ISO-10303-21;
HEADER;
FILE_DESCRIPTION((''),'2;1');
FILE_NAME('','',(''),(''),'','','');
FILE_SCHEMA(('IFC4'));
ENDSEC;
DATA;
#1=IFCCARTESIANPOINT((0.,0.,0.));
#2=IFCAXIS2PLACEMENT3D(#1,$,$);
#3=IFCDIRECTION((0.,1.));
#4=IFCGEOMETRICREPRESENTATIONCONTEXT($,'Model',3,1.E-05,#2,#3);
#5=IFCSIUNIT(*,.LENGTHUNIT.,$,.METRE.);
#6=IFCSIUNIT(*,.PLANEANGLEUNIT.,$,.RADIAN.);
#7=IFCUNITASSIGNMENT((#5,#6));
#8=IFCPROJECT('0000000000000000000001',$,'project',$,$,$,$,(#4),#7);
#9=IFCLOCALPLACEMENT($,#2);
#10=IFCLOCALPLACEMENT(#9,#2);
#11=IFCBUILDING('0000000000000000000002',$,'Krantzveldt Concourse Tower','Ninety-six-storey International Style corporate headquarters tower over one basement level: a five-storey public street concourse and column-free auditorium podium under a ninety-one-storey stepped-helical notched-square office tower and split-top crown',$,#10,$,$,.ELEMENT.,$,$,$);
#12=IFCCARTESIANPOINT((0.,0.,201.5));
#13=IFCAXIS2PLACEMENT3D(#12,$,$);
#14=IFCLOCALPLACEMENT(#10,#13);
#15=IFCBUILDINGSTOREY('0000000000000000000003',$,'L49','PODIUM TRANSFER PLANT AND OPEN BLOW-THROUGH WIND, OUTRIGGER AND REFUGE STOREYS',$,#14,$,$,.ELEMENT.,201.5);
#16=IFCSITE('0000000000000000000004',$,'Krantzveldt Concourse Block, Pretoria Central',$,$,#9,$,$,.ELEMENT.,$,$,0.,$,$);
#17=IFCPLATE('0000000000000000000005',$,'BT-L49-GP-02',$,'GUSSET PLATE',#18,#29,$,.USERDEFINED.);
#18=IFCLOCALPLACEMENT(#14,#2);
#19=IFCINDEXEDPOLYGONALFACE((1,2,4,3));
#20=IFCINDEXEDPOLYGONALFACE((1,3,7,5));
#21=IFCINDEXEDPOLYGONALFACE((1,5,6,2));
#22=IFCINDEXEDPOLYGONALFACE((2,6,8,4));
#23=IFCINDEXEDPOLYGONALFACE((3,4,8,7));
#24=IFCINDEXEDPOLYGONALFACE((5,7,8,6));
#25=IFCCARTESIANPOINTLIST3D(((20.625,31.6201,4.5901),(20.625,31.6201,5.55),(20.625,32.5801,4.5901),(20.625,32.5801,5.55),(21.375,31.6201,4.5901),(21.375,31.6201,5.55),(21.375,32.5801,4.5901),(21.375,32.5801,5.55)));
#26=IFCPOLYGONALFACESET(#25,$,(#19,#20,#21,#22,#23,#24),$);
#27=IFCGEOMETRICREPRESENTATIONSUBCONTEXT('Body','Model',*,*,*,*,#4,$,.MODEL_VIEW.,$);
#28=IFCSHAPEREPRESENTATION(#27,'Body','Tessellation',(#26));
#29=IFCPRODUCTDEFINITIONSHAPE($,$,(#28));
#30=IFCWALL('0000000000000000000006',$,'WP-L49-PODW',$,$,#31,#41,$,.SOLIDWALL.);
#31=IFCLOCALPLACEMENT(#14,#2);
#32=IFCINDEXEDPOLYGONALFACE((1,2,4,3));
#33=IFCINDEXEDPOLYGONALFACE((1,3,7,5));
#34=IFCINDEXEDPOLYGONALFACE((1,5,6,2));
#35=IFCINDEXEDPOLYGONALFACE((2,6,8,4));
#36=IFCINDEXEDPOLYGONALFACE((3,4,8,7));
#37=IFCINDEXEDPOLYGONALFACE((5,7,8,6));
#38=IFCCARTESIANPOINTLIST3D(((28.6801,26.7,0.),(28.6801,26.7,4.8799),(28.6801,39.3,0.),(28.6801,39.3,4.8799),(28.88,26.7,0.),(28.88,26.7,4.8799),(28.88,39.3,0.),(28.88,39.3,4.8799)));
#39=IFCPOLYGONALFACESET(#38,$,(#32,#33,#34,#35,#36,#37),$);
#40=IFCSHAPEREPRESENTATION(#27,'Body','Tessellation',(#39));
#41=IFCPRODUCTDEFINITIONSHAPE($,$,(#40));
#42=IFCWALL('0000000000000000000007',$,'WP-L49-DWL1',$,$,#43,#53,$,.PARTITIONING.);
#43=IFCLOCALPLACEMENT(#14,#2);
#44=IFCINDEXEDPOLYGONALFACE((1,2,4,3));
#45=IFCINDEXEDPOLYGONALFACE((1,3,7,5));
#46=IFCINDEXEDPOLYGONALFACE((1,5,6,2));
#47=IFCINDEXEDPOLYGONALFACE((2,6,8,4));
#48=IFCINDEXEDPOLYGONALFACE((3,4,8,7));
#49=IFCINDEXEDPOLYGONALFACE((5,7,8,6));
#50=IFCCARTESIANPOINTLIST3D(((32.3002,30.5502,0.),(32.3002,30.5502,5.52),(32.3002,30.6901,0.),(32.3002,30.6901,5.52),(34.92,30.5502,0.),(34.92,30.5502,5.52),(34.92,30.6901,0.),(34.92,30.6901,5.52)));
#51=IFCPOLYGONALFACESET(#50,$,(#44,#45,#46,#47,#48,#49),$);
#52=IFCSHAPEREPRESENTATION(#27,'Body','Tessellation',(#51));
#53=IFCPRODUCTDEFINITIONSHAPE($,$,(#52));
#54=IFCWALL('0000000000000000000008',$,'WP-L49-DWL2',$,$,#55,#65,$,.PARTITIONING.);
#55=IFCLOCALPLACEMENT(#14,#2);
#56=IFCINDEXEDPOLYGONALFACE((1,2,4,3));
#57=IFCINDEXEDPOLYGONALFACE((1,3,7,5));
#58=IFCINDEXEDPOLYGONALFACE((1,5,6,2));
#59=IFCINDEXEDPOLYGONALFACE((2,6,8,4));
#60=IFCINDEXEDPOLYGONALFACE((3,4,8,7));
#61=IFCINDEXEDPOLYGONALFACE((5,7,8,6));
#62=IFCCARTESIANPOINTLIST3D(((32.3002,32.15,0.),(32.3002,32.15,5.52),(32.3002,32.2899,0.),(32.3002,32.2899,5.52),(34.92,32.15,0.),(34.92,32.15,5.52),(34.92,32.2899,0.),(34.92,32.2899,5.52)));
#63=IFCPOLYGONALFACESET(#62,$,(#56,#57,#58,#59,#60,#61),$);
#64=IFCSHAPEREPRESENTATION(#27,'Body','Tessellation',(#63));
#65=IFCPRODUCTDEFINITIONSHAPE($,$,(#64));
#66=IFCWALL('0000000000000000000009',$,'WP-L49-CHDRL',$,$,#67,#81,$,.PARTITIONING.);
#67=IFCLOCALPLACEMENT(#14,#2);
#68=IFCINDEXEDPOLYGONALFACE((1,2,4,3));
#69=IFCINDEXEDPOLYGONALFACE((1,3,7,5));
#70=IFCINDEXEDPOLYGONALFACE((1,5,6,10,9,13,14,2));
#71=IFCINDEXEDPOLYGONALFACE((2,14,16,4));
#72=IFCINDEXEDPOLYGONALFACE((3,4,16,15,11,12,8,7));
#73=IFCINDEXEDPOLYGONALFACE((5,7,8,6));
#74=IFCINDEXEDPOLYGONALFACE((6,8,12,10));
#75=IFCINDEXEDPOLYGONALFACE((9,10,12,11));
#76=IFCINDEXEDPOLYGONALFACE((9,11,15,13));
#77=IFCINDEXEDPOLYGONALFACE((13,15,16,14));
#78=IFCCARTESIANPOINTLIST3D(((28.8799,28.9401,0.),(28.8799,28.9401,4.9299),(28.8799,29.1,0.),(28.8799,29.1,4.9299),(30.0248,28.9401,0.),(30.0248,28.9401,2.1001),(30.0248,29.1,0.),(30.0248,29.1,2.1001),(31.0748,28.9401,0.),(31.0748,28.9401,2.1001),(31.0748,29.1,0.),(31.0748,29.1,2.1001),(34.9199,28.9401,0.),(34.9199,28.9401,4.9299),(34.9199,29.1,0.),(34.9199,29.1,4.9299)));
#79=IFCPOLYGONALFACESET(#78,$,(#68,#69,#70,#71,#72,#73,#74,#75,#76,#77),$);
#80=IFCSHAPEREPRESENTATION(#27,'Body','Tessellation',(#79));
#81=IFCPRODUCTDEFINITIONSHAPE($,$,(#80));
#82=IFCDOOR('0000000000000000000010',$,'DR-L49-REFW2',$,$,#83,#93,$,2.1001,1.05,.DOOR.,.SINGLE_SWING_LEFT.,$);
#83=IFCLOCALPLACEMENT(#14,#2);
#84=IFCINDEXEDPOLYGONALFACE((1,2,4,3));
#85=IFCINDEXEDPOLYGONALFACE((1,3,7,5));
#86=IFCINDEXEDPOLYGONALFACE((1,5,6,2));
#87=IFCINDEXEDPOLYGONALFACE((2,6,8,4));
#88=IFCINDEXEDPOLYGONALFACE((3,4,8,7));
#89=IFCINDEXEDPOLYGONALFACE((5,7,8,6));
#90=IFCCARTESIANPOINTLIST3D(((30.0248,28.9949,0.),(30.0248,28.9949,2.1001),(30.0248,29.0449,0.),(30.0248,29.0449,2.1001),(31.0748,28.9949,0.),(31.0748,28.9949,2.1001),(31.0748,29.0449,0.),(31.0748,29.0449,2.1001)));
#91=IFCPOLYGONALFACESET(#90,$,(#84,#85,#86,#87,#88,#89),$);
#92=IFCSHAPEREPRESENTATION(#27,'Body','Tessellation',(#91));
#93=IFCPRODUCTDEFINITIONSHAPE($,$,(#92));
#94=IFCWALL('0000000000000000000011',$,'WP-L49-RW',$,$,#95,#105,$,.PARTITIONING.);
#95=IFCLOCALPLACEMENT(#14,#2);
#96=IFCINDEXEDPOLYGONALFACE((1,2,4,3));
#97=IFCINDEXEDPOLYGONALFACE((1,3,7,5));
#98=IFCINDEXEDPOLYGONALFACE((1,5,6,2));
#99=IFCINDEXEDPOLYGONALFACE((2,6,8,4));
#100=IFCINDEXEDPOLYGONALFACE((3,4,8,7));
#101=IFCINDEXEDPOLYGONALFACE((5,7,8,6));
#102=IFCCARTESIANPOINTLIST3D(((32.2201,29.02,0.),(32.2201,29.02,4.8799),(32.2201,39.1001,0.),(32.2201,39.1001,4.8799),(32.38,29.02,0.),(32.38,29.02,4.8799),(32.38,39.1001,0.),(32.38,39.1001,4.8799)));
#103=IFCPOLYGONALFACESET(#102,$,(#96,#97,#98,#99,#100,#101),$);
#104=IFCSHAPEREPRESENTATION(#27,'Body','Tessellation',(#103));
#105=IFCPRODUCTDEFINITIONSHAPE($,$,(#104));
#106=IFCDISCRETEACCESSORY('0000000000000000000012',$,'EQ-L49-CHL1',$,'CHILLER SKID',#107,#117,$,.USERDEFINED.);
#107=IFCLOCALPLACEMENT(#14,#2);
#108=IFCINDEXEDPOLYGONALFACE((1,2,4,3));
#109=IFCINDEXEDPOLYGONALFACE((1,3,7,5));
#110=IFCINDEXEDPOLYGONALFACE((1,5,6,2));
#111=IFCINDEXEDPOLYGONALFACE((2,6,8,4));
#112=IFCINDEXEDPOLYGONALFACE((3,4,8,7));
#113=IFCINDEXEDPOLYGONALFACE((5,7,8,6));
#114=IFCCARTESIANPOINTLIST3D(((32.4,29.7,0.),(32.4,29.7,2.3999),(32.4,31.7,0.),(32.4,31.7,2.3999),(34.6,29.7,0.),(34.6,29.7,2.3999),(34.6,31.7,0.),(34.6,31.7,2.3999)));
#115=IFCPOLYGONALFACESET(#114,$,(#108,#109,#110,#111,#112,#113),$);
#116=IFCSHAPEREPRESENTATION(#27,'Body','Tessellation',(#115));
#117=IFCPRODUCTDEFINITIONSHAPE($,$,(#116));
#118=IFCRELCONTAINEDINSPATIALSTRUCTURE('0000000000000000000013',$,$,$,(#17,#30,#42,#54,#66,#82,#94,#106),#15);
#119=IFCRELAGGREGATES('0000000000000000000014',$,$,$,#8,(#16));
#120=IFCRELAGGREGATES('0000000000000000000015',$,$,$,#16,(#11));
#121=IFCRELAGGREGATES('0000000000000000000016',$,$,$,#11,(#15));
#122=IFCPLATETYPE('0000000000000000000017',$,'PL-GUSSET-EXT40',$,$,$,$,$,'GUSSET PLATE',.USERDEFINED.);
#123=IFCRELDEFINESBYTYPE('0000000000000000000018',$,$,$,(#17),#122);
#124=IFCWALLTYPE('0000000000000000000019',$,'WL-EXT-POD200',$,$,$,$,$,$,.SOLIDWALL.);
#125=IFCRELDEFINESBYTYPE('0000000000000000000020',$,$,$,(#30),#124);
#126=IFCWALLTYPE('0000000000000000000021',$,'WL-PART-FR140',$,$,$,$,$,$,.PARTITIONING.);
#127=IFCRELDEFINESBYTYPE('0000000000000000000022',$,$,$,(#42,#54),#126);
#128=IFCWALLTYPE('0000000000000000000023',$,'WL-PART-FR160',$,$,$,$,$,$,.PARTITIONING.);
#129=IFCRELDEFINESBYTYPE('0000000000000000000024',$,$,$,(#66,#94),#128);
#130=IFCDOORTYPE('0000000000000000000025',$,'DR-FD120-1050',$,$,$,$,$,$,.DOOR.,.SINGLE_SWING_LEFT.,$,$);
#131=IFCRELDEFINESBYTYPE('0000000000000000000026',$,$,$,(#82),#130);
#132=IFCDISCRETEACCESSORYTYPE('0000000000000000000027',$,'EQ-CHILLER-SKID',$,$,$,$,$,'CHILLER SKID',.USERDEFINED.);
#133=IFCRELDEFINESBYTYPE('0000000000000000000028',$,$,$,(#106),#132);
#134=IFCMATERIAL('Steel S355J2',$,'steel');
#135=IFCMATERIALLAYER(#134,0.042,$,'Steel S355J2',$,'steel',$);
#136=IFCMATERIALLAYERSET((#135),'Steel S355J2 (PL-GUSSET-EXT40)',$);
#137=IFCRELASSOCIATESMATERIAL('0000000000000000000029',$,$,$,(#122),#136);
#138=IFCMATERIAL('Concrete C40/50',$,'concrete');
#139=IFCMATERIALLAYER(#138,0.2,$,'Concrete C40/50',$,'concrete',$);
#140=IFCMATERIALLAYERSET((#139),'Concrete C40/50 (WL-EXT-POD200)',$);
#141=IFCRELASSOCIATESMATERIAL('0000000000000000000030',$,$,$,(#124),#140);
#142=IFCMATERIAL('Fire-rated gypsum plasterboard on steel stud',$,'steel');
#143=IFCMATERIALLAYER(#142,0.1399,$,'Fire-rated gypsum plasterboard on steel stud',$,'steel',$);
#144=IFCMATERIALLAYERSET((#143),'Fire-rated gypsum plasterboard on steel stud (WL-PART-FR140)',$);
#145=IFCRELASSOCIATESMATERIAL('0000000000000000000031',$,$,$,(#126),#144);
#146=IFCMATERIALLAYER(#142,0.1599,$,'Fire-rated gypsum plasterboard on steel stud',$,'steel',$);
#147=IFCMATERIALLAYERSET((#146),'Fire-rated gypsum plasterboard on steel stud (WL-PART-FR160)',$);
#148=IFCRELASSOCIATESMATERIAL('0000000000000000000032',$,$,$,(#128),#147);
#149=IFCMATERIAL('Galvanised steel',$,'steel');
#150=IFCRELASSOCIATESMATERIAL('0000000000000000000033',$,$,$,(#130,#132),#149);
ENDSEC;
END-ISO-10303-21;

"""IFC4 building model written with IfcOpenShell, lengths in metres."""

from ifc_helpers import new_model, si_unit, direction, frame, frame_2d, origin, origin_2d, place, context, subcontext, project, spatial, rectangle, extrude, source, transform, mapped, material, layer, layer_set, type_object, type_shapes, element, fill, save


model = new_model("IFC4")

# Units and contexts
model_context = context("Model", 3, precision=1e-05, world=origin(), true_north=direction((0.0, 1.0)))
body_context = subcontext(model_context, "Body", "Model", "MODEL_VIEW")
ifc_project = project(units=[si_unit("LENGTHUNIT", "METRE"), si_unit("PLANEANGLEUNIT", "RADIAN")], contexts=[model_context])

# Site, building, storey
site_placement = place(None, origin())
site = spatial("IfcSite", under=ifc_project, at=site_placement, Name="Krantzveldt Concourse Block, Pretoria Central", CompositionType="ELEMENT", RefElevation=0.0)
building_placement = place(site_placement, origin())
building = spatial("IfcBuilding", under=site, at=building_placement, Name="Krantzveldt Concourse Tower", Description="Ninety-six-storey International Style corporate headquarters tower over one basement level: a five-storey public street concourse and column-free auditorium podium under a ninety-one-storey stepped-helical notched-square office tower and split-top crown", CompositionType="ELEMENT")
storey_placement = place(building_placement, frame((0.0, 0.0, 201.5)))
storey = spatial("IfcBuildingStorey", under=building, at=storey_placement, Name="L49", Description="PODIUM TRANSFER PLANT AND OPEN BLOW-THROUGH WIND, OUTRIGGER AND REFUGE STOREYS", CompositionType="ELEMENT", Elevation=201.5)

# Shared definitions
ifc_material_1 = material(Name="Steel S355J2", Category="steel")

# Plate
ifc_layer_1 = layer(ifc_material_1, 0.042, Name="Steel S355J2", Category="steel")
ifc_layer_set_1 = layer_set([ifc_layer_1], Name="Steel S355J2 (PL-GUSSET-EXT40)")
plate_type_1 = type_object("IfcPlateType", Name="PL-GUSSET-EXT40", ElementType="GUSSET PLATE", PredefinedType="USERDEFINED", material=ifc_layer_set_1)
shared_shape_1 = source(origin(), body_context, "Body", "SweptSolid", [
    extrude(rectangle(XDim=0.96, YDim=0.75, at=origin_2d()), origin(), (0.0, 0.0, 1.0), 0.96),
])
plate_1_placement = place(storey_placement, frame((21.0, 32.1001, 4.5901), z_axis=(0.0, 0.0, 1.0), x_axis=(0.0, 1.0, 0.0)))
element("IfcPlate", 1, at=plate_1_placement, inside=storey, type_object=plate_type_1, Name="BT-L49-GP-02", ObjectType="GUSSET PLATE", PredefinedType="USERDEFINED", context=body_context, shape_type="MappedRepresentation", body=[
    mapped(shared_shape_1, transform((0.0, 0.0, 0.0), x_axis=(1.0, 0.0, 0.0), y_axis=(0.0, 1.0, 0.0), z_axis=(0.0, 0.0, 1.0), scale=1.0)),
])

# Walls
ifc_material_2 = material(Name="Concrete C40/50", Category="concrete")
ifc_layer_2 = layer(ifc_material_2, 0.2, Name="Concrete C40/50", Category="concrete")
ifc_layer_set_2 = layer_set([ifc_layer_2], Name="Concrete C40/50 (WL-EXT-POD200)")
wall_type_1 = type_object("IfcWallType", Name="WL-EXT-POD200", PredefinedType="SOLIDWALL", material=ifc_layer_set_2)
wall_1_placement = place(storey_placement, frame((28.78, 26.7, 0.0), z_axis=(0.0, 0.0, 1.0), x_axis=(0.0, 1.0, 0.0)))
element("IfcWall", 2, at=wall_1_placement, inside=storey, type_object=wall_type_1, Name="WP-L49-PODW", PredefinedType="SOLIDWALL", context=body_context, shape_type="SweptSolid", body=[
    extrude(rectangle(XDim=12.6001, YDim=0.2, at=frame_2d((6.3, 0.0))), origin(), (0.0, 0.0, 1.0), 4.8799),
])
ifc_material_3 = material(Name="Fire-rated gypsum plasterboard on steel stud", Category="steel")
ifc_layer_3 = layer(ifc_material_3, 0.1399, Name="Fire-rated gypsum plasterboard on steel stud", Category="steel")
ifc_layer_set_3 = layer_set([ifc_layer_3], Name="Fire-rated gypsum plasterboard on steel stud (WL-PART-FR140)")
wall_type_2 = type_object("IfcWallType", Name="WL-PART-FR140", PredefinedType="PARTITIONING", material=ifc_layer_set_3)
for number, where, z_axis, x_axis, name in (
    (3, (32.3, 30.6201, 0.0), (0.0, 0.0, 1.0), (1.0, 0.0, 0.0), "WP-L49-DWL1"),
    (4, (32.3, 32.22, 0.0), (0.0, 0.0, 1.0), (1.0, 0.0, 0.0), "WP-L49-DWL2"),
):
    element("IfcWall", number, at=place(storey_placement, frame(where, z_axis=z_axis, x_axis=x_axis)), inside=storey, type_object=wall_type_2, Name=name, PredefinedType="PARTITIONING", context=body_context, shape_type="SweptSolid", body=[
        extrude(rectangle(XDim=2.6199, YDim=0.1399, at=frame_2d((1.3101, 0.0))), origin(), (0.0, 0.0, 1.0), 5.52),
    ])

# Wall, opening, door
ifc_layer_4 = layer(ifc_material_3, 0.1599, Name="Fire-rated gypsum plasterboard on steel stud", Category="steel")
ifc_layer_set_4 = layer_set([ifc_layer_4], Name="Fire-rated gypsum plasterboard on steel stud (WL-PART-FR160)")
wall_type_3 = type_object("IfcWallType", Name="WL-PART-FR160", PredefinedType="PARTITIONING", material=ifc_layer_set_4)
wall_2_placement = place(storey_placement, frame((28.8799, 29.02, 0.0), z_axis=(0.0, 0.0, 1.0), x_axis=(1.0, 0.0, 0.0)))
wall_2 = element("IfcWall", 5, at=wall_2_placement, inside=storey, type_object=wall_type_3, Name="WP-L49-CHDRL", PredefinedType="PARTITIONING", context=body_context, shape_type="SweptSolid", body=[
    extrude(rectangle(XDim=6.04, YDim=0.1599, at=frame_2d((3.02, 0.0))), origin(), (0.0, 0.0, 1.0), 4.9299),
])
opening_placement = place(wall_2_placement, frame((1.145, 0.0, 0.0)))
opening = element("IfcOpeningElement", 6, at=opening_placement, cuts=wall_2, PredefinedType="OPENING", context=body_context, shape_type="SweptSolid", body=[
    extrude(rectangle(XDim=1.05, YDim=2.1001, at=frame_2d((0.5249, 1.05))), frame((0.0, 0.0898, 0.0), z_axis=(0.0, -1.0, 0.0), x_axis=(1.0, 0.0, 0.0)), (0.0, 0.0, 1.0), 0.1799),
])
ifc_material_4 = material(Name="Galvanised steel", Category="steel")
door_type = type_object("IfcDoorType", Name="DR-FD120-1050", OperationType="SINGLE_SWING_LEFT", PredefinedType="DOOR", material=ifc_material_4)
door_placement = place(opening_placement, origin())
door = element("IfcDoor", 7, at=door_placement, inside=storey, type_object=door_type, Name="DR-L49-REFW2", OperationType="SINGLE_SWING_LEFT", OverallHeight=2.1001, OverallWidth=1.05, PredefinedType="DOOR", context=body_context, shape_type="SweptSolid", body=[
    extrude(rectangle(XDim=1.05, YDim=2.1001, at=frame_2d((0.5249, 1.05))), frame((0.0, 0.0249, 0.0), z_axis=(0.0, -1.0, 0.0), x_axis=(1.0, 0.0, 0.0)), (0.0, 0.0, 1.0), 0.05),
])
fill(opening, door)

# Wall
wall_3_placement = place(storey_placement, frame((32.3, 29.02, 0.0), z_axis=(0.0, 0.0, 1.0), x_axis=(0.0, 1.0, 0.0)))
element("IfcWall", 8, at=wall_3_placement, inside=storey, type_object=wall_type_3, Name="WP-L49-RW", PredefinedType="PARTITIONING", context=body_context, shape_type="SweptSolid", body=[
    extrude(rectangle(XDim=10.0801, YDim=0.1599, at=frame_2d((5.04, 0.0))), origin(), (0.0, 0.0, 1.0), 4.8799),
])

# Discrete accessory
discrete_accessory_type = type_object("IfcDiscreteAccessoryType", Name="EQ-CHILLER-SKID", ElementType="CHILLER SKID", PredefinedType="USERDEFINED", material=ifc_material_4)
shared_shape_2 = source(origin(), body_context, "Body", "SweptSolid", [
    extrude(rectangle(XDim=2.2, YDim=2.0, at=origin_2d()), origin(), (0.0, 0.0, 1.0), 2.3999),
])
type_shapes(discrete_accessory_type, [shared_shape_2])
discrete_accessory_placement = place(storey_placement, frame((33.5, 30.7, 0.0), z_axis=(0.0, 0.0, 1.0), x_axis=(1.0, 0.0, 0.0)))
element("IfcDiscreteAccessory", 9, at=discrete_accessory_placement, inside=storey, type_object=discrete_accessory_type, Name="EQ-L49-CHL1", ObjectType="CHILLER SKID", PredefinedType="USERDEFINED", context=body_context, shape_type="MappedRepresentation", body=[
    mapped(shared_shape_2, transform((0.0, 0.0, 0.0), x_axis=(1.0, 0.0, 0.0), y_axis=(0.0, 1.0, 0.0), z_axis=(0.0, 0.0, 1.0), scale=1.0)),
])

save(model, "model.ifc")
